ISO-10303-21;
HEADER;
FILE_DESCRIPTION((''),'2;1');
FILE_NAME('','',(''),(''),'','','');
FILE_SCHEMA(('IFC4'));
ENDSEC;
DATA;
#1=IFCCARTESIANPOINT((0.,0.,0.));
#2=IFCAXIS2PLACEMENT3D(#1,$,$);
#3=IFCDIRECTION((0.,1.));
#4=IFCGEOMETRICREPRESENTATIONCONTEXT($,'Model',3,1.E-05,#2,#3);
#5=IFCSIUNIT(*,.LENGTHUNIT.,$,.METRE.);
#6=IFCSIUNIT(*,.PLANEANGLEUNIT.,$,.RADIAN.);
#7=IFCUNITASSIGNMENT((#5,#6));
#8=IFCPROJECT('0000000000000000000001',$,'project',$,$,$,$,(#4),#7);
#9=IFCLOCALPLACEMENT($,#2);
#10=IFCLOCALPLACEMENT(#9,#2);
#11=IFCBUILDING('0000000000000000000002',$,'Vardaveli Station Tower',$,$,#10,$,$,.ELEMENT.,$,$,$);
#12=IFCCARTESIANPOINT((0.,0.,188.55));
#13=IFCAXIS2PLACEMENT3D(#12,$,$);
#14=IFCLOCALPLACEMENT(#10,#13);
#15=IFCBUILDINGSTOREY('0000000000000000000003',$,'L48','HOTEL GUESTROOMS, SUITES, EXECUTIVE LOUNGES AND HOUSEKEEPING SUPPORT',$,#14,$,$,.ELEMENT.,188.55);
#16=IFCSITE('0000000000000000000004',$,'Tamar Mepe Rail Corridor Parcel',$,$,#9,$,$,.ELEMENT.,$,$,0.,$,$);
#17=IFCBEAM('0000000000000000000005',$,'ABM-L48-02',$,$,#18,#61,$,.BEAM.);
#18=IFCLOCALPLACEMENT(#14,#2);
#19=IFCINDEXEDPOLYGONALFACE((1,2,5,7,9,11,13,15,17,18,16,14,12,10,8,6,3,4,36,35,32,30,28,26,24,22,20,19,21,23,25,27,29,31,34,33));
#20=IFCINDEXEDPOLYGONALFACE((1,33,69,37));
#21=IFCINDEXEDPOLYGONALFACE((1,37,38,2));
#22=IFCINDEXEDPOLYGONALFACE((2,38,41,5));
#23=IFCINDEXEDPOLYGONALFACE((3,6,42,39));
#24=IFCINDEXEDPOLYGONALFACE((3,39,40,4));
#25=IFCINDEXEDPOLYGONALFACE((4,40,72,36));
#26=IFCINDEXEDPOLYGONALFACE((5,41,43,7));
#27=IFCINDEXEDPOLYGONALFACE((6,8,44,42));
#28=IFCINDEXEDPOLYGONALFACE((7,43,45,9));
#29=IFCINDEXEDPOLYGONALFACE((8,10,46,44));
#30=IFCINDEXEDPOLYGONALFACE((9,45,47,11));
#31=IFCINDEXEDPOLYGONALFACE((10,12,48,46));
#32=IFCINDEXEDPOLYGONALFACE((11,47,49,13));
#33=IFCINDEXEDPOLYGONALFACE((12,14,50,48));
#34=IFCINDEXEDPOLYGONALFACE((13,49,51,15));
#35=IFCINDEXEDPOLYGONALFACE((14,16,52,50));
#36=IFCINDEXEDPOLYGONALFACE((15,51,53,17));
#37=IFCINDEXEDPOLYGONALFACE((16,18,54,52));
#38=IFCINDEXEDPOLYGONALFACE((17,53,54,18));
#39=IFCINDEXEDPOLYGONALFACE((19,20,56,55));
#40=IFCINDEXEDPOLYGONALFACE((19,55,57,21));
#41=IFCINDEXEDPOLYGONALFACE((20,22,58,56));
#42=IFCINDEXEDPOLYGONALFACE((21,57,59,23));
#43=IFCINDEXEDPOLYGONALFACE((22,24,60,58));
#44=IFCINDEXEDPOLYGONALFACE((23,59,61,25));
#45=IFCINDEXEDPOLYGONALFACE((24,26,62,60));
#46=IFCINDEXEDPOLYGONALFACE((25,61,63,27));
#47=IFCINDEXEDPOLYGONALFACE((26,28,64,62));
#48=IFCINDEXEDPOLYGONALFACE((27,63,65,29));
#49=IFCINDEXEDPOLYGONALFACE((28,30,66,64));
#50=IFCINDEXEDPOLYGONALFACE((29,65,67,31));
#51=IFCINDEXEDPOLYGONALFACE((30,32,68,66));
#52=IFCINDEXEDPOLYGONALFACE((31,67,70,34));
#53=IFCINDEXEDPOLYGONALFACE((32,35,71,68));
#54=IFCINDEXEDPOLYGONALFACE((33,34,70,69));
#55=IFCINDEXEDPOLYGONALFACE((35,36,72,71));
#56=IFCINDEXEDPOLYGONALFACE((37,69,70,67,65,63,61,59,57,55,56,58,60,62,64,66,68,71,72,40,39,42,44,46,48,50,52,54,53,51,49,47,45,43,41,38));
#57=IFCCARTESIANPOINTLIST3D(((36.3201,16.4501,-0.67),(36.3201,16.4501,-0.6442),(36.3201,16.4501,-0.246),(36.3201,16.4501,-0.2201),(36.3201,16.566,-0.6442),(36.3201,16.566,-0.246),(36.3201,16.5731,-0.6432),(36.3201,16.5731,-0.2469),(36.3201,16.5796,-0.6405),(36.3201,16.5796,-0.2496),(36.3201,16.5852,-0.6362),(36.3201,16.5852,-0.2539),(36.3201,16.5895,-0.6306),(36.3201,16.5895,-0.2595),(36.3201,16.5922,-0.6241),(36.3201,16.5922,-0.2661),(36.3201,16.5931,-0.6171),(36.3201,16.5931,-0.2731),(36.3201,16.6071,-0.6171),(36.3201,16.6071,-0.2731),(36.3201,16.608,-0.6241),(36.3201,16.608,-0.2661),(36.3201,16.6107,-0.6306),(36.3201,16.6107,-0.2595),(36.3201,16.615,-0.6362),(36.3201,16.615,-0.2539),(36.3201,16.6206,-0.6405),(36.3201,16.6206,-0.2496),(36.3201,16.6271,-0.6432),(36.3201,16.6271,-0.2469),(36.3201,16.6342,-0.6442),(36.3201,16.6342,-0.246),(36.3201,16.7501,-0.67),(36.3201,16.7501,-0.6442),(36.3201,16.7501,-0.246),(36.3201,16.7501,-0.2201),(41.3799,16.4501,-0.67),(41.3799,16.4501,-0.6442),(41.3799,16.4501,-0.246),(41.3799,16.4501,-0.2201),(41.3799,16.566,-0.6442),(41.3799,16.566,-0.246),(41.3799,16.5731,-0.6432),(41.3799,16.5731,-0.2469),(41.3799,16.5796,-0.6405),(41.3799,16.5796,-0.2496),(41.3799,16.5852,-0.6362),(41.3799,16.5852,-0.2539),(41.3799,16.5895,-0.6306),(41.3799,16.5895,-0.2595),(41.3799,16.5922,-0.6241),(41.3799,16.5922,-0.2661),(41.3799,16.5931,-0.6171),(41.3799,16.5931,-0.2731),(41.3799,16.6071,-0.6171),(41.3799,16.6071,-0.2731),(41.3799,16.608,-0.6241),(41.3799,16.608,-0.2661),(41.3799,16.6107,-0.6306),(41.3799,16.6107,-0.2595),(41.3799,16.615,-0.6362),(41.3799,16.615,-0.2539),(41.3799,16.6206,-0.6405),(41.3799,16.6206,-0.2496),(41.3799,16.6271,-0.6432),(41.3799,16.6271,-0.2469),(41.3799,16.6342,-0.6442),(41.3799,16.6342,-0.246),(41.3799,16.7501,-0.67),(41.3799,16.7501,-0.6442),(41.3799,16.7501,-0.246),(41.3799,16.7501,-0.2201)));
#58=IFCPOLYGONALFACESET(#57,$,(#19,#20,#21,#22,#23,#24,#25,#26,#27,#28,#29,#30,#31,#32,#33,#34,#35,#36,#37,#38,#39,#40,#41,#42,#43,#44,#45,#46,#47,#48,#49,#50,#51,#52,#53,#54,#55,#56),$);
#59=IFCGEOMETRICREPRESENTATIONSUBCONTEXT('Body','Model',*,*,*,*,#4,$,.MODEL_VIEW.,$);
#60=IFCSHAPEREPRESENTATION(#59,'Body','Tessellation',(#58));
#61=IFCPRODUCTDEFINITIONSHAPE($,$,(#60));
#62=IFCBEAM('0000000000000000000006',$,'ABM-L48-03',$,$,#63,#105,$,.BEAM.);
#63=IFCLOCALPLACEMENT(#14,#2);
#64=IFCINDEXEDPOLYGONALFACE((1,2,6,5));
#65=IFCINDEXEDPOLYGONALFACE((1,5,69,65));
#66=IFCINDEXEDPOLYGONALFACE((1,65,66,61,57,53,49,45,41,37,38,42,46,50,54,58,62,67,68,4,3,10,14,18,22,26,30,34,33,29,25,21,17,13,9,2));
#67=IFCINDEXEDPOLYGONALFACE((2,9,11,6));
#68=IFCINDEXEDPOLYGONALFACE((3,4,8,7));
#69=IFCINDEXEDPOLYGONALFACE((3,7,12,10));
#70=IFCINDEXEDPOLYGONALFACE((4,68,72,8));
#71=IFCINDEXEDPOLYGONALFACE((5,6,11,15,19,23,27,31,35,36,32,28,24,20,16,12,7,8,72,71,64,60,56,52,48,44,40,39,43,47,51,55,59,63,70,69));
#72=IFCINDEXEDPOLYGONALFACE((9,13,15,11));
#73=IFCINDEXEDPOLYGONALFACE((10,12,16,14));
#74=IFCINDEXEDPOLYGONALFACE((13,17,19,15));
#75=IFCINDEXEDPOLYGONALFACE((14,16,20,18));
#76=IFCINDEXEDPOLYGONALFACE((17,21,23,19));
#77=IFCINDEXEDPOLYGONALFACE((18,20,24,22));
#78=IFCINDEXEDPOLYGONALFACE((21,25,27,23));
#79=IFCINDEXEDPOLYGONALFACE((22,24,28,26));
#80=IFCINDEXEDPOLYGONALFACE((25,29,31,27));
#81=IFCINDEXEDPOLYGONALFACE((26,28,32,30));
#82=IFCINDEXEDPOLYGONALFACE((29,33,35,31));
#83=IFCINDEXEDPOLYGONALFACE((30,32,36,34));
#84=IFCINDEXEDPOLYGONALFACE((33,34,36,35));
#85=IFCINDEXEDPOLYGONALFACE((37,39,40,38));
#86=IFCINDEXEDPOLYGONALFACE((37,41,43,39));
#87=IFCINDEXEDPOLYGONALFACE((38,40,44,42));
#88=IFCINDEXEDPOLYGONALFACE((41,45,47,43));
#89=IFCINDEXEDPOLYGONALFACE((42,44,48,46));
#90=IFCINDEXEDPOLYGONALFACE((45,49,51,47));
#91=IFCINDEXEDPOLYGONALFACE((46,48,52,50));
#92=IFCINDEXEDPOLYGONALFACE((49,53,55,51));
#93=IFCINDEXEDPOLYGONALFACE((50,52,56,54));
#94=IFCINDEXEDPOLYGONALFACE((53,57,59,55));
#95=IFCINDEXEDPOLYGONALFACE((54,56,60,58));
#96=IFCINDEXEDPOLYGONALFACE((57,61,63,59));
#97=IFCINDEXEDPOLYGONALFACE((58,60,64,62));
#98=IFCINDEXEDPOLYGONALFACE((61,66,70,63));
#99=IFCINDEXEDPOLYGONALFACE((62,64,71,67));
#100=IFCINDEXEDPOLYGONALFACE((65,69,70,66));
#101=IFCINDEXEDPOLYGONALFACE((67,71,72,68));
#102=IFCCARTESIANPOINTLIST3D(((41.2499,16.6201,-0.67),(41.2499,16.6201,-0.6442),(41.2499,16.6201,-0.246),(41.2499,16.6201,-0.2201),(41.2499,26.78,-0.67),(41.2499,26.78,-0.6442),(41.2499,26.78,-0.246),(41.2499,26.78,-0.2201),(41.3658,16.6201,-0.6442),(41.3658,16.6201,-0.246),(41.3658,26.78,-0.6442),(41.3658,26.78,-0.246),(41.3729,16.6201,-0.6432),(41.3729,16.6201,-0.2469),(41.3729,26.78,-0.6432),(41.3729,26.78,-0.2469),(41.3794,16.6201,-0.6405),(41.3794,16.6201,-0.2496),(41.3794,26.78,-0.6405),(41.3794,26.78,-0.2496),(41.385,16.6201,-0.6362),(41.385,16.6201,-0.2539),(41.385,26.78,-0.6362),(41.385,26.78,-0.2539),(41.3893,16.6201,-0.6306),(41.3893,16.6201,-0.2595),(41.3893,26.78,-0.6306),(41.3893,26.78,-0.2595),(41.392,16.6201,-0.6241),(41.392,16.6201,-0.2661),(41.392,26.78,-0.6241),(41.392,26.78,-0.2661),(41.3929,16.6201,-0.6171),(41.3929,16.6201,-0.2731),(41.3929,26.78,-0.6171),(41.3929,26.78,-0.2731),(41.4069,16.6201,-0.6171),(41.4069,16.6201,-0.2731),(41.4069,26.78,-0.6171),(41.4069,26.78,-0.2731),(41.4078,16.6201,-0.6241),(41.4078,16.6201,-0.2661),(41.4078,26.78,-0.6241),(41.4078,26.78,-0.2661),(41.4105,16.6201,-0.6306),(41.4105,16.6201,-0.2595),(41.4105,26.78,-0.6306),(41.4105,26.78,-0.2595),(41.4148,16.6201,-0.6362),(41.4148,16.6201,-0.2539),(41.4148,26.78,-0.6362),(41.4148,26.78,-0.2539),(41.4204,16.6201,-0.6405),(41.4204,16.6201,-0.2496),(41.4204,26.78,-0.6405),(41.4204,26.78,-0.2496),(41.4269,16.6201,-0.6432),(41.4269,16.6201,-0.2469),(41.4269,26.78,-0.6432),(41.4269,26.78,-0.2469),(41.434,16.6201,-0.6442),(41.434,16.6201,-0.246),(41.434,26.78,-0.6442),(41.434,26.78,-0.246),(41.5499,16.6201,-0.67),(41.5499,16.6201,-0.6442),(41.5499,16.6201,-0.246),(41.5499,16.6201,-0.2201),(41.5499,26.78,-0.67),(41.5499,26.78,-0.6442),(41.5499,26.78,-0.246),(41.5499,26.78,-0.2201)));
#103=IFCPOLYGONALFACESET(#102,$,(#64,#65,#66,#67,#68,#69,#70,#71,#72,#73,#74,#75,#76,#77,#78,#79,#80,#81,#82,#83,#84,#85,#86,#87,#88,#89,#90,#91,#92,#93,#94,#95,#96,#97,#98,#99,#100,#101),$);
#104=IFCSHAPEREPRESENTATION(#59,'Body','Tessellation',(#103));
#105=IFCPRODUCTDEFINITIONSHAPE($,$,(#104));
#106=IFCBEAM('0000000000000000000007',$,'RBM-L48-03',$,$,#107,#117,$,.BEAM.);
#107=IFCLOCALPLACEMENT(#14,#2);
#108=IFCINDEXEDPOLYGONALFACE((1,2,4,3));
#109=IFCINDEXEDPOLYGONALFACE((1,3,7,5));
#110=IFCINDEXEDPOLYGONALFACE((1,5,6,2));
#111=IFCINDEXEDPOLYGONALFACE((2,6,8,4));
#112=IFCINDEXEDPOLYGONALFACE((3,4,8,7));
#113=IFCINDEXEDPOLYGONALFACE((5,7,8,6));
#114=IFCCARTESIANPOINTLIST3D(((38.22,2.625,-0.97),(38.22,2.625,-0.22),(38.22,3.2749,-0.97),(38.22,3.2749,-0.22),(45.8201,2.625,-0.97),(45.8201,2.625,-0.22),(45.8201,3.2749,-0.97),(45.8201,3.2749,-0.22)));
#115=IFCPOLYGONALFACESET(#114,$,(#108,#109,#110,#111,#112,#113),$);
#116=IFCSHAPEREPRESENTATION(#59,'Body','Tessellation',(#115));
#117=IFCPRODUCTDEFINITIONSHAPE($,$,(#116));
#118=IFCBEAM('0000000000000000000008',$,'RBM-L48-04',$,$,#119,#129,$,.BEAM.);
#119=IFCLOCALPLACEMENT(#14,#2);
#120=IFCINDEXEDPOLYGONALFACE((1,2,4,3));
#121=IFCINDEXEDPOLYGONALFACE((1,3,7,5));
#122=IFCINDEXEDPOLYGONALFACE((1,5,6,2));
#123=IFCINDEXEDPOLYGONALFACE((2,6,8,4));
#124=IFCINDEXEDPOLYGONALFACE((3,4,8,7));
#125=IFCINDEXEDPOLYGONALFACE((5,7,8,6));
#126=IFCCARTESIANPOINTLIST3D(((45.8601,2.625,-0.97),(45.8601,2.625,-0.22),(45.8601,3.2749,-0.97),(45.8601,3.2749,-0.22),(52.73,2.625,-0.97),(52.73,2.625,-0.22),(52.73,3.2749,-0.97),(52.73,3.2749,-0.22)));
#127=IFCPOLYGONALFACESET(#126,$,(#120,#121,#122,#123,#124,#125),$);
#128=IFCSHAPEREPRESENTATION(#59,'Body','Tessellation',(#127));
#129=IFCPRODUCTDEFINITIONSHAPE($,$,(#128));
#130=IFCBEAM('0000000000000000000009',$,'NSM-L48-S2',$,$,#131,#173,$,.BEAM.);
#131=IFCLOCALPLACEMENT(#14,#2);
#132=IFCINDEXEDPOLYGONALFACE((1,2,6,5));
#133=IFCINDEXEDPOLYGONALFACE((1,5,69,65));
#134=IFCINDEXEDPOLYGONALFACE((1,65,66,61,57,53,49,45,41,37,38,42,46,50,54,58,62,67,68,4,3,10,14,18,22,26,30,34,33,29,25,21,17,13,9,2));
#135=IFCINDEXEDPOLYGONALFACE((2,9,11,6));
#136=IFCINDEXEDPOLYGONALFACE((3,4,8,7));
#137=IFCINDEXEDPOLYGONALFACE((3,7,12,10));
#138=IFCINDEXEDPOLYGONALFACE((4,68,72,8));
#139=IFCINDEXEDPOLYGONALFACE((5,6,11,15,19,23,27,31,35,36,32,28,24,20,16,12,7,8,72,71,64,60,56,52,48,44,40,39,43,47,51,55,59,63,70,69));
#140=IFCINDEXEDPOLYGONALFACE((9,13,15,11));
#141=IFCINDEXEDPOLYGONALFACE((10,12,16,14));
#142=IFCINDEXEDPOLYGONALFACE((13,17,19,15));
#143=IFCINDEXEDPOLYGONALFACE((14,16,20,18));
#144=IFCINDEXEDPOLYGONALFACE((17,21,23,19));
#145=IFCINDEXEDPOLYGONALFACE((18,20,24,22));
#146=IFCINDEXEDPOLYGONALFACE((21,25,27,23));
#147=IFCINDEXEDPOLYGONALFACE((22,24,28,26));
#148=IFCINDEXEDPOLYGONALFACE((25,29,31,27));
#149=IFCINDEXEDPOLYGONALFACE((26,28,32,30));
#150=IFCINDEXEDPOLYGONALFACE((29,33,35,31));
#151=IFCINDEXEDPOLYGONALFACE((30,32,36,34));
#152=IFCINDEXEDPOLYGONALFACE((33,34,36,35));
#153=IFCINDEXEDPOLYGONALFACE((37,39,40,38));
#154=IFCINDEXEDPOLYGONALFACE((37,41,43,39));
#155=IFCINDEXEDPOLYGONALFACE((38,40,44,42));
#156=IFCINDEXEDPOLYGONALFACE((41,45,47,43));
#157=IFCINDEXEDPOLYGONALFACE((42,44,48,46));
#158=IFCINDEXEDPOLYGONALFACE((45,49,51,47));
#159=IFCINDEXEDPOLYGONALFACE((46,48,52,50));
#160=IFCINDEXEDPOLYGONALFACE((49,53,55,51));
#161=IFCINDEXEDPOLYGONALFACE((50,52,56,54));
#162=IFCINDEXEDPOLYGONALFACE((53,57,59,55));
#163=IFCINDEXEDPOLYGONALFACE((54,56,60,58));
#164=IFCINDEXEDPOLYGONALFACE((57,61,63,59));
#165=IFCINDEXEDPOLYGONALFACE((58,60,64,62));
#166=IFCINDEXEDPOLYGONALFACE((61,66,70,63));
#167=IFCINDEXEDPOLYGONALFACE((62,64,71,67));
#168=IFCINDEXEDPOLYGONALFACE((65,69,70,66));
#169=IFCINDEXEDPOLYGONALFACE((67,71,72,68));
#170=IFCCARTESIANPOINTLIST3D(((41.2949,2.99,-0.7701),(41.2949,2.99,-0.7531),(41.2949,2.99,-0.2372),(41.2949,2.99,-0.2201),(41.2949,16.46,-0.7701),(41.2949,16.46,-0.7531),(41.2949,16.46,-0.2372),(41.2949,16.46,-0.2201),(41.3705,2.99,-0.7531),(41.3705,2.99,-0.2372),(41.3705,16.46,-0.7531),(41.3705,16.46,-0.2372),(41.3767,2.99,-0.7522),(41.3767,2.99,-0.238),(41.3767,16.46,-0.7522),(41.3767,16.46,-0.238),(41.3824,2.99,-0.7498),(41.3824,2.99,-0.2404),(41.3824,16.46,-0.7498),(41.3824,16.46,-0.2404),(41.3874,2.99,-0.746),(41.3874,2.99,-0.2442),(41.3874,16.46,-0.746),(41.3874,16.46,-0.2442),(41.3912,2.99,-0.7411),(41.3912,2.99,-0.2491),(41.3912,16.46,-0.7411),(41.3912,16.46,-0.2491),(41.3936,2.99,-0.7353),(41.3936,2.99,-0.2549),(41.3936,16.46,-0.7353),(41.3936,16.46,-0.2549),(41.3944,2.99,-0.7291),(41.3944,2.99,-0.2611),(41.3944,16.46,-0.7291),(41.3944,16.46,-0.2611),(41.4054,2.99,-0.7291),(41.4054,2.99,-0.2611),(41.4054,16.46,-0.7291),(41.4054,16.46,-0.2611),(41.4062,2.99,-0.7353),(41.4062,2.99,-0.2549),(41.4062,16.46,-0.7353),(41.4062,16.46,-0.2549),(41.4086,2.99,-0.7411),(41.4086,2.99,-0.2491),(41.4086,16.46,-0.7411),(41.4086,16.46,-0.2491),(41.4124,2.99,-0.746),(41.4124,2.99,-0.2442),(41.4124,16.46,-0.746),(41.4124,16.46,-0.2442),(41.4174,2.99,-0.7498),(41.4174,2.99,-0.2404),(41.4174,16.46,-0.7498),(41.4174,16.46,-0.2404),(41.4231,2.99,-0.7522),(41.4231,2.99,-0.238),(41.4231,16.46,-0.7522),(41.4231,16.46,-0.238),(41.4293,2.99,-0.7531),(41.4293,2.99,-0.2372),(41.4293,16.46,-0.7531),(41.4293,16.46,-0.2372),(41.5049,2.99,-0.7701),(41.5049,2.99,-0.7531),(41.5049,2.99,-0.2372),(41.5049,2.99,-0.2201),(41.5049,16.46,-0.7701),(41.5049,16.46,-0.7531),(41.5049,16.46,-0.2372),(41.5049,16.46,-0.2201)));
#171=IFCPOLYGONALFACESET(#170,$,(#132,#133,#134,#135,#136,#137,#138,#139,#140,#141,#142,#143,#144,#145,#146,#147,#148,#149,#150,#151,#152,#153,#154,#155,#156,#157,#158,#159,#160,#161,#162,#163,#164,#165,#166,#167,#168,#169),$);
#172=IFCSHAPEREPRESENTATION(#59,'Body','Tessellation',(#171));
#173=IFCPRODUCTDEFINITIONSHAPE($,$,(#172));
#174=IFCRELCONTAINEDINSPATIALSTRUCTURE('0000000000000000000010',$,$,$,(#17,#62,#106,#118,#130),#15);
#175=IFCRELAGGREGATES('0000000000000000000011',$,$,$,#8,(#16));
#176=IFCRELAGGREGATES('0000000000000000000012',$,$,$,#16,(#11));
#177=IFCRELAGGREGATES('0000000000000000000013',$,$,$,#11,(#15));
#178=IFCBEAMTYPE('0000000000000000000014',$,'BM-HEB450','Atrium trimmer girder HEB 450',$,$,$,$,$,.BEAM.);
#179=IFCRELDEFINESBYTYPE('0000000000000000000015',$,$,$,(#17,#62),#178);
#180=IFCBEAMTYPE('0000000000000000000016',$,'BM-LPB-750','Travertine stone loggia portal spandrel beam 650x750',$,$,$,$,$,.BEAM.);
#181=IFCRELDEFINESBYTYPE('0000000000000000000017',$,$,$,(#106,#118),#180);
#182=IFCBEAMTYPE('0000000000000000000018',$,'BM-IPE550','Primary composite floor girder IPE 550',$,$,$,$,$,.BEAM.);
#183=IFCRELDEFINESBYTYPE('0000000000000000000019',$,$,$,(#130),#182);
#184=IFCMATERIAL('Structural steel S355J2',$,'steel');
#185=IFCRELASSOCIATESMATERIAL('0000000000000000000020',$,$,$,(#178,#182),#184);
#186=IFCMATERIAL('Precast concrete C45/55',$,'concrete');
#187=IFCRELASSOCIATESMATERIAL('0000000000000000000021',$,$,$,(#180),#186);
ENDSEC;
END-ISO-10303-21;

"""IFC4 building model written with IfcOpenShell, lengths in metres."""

from ifc_helpers import new_model, si_unit, direction, frame, origin, origin_2d, place, context, subcontext, project, spatial, rectangle, i_section, extrude, source, transform, mapped, material, material_profile, profile_set, type_object, element, save


model = new_model("IFC4")

# Units and contexts
model_context = context("Model", 3, precision=1e-05, world=origin(), true_north=direction((0.0, 1.0)))
body_context = subcontext(model_context, "Body", "Model", "MODEL_VIEW")
ifc_project = project(units=[si_unit("LENGTHUNIT", "METRE"), si_unit("PLANEANGLEUNIT", "RADIAN")], contexts=[model_context])

# Site, building, storey
site_placement = place(None, origin())
site = spatial("IfcSite", under=ifc_project, at=site_placement, Name="Tamar Mepe Rail Corridor Parcel", CompositionType="ELEMENT", RefElevation=0.0)
building_placement = place(site_placement, origin())
building = spatial("IfcBuilding", under=site, at=building_placement, Name="Vardaveli Station Tower", CompositionType="ELEMENT")
storey_placement = place(building_placement, frame((0.0, 0.0, 188.55)))
storey = spatial("IfcBuildingStorey", under=building, at=storey_placement, Name="L48", Description="HOTEL GUESTROOMS, SUITES, EXECUTIVE LOUNGES AND HOUSEKEEPING SUPPORT", CompositionType="ELEMENT", Elevation=188.55)

# Beams
ifc_material_1 = material(Name="Structural steel S355J2", Category="steel")
ifc_material_profile_1 = material_profile(ifc_material_1, i_section(OverallWidth=0.3, OverallDepth=0.45, WebThickness=0.0139, FlangeThickness=0.0259, FilletRadius=0.0271, at=origin_2d()), Name="HEB 450")
ifc_profile_set_1 = profile_set([ifc_material_profile_1], Name="Structural steel S355J2")
beam_type_1 = type_object("IfcBeamType", Name="BM-HEB450", Description="Atrium trimmer girder HEB 450", PredefinedType="BEAM", material=ifc_profile_set_1)
shared_shape_1 = source(origin(), body_context, "Body", "SweptSolid", [
    extrude(i_section(OverallWidth=0.3, OverallDepth=0.45, WebThickness=0.0139, FlangeThickness=0.0259, FilletRadius=0.0271, at=origin_2d()), origin(), (0.0, 0.0, 1.0), 5.0598),
])
beam_1_placement = place(storey_placement, frame((36.3201, 16.6001, -0.4451), z_axis=(1.0, 0.0, 0.0), x_axis=(0.0, 1.0, 0.0)))
element("IfcBeam", 1, at=beam_1_placement, inside=storey, type_object=beam_type_1, Name="ABM-L48-02", PredefinedType="BEAM", context=body_context, shape_type="MappedRepresentation", body=[
    mapped(shared_shape_1, transform((0.0, 0.0, 0.0), scale=1.0)),
])
shared_shape_2 = source(origin(), body_context, "Body", "SweptSolid", [
    extrude(i_section(OverallWidth=0.3, OverallDepth=0.45, WebThickness=0.0139, FlangeThickness=0.0259, FilletRadius=0.0271, at=origin_2d()), origin(), (0.0, 0.0, 1.0), 10.1599),
])
beam_2_placement = place(storey_placement, frame((41.3999, 16.6201, -0.4451), z_axis=(0.0, 1.0, 0.0), x_axis=(-1.0, 0.0, 0.0)))
element("IfcBeam", 2, at=beam_2_placement, inside=storey, type_object=beam_type_1, Name="ABM-L48-03", PredefinedType="BEAM", context=body_context, shape_type="MappedRepresentation", body=[
    mapped(shared_shape_2, transform((0.0, 0.0, 0.0), scale=1.0)),
])
ifc_material_2 = material(Name="Precast concrete C45/55", Category="concrete")
ifc_material_profile_2 = material_profile(ifc_material_2, rectangle(XDim=0.6499, YDim=0.75, at=origin_2d()), Name="LPB 650x750")
ifc_profile_set_2 = profile_set([ifc_material_profile_2], Name="Precast concrete C45/55")
beam_type_2 = type_object("IfcBeamType", Name="BM-LPB-750", Description="Travertine stone loggia portal spandrel beam 650x750", PredefinedType="BEAM", material=ifc_profile_set_2)
shared_shape_3 = source(origin(), body_context, "Body", "SweptSolid", [
    extrude(rectangle(XDim=0.6499, YDim=0.75, at=origin_2d()), origin(), (0.0, 0.0, 1.0), 7.6001),
])
beam_3_placement = place(storey_placement, frame((38.22, 2.95, -0.595), z_axis=(1.0, 0.0, 0.0), x_axis=(0.0, 1.0, 0.0)))
element("IfcBeam", 3, at=beam_3_placement, inside=storey, type_object=beam_type_2, Name="RBM-L48-03", PredefinedType="BEAM", context=body_context, shape_type="MappedRepresentation", body=[
    mapped(shared_shape_3, transform((0.0, 0.0, 0.0), scale=1.0)),
])
shared_shape_4 = source(origin(), body_context, "Body", "SweptSolid", [
    extrude(rectangle(XDim=0.6499, YDim=0.75, at=origin_2d()), origin(), (0.0, 0.0, 1.0), 6.8699),
])
beam_4_placement = place(storey_placement, frame((45.8601, 2.95, -0.595), z_axis=(1.0, 0.0, 0.0), x_axis=(0.0, 1.0, 0.0)))
element("IfcBeam", 4, at=beam_4_placement, inside=storey, type_object=beam_type_2, Name="RBM-L48-04", PredefinedType="BEAM", context=body_context, shape_type="MappedRepresentation", body=[
    mapped(shared_shape_4, transform((0.0, 0.0, 0.0), scale=1.0)),
])
ifc_material_profile_3 = material_profile(ifc_material_1, i_section(OverallWidth=0.21, OverallDepth=0.55, WebThickness=0.011, FlangeThickness=0.0171, FilletRadius=0.0239, at=origin_2d()), Name="IPE 550")
ifc_profile_set_3 = profile_set([ifc_material_profile_3], Name="Structural steel S355J2")
beam_type_3 = type_object("IfcBeamType", Name="BM-IPE550", Description="Primary composite floor girder IPE 550", PredefinedType="BEAM", material=ifc_profile_set_3)
shared_shape_5 = source(origin(), body_context, "Body", "SweptSolid", [
    extrude(i_section(OverallWidth=0.21, OverallDepth=0.55, WebThickness=0.011, FlangeThickness=0.0171, FilletRadius=0.0239, at=origin_2d()), origin(), (0.0, 0.0, 1.0), 13.47),
])
beam_5_placement = place(storey_placement, frame((41.3999, 2.99, -0.4951), z_axis=(0.0, 1.0, 0.0), x_axis=(-1.0, 0.0, 0.0)))
element("IfcBeam", 5, at=beam_5_placement, inside=storey, type_object=beam_type_3, Name="NSM-L48-S2", PredefinedType="BEAM", context=body_context, shape_type="MappedRepresentation", body=[
    mapped(shared_shape_5, transform((0.0, 0.0, 0.0), scale=1.0)),
])

save(model, "model.ifc")
